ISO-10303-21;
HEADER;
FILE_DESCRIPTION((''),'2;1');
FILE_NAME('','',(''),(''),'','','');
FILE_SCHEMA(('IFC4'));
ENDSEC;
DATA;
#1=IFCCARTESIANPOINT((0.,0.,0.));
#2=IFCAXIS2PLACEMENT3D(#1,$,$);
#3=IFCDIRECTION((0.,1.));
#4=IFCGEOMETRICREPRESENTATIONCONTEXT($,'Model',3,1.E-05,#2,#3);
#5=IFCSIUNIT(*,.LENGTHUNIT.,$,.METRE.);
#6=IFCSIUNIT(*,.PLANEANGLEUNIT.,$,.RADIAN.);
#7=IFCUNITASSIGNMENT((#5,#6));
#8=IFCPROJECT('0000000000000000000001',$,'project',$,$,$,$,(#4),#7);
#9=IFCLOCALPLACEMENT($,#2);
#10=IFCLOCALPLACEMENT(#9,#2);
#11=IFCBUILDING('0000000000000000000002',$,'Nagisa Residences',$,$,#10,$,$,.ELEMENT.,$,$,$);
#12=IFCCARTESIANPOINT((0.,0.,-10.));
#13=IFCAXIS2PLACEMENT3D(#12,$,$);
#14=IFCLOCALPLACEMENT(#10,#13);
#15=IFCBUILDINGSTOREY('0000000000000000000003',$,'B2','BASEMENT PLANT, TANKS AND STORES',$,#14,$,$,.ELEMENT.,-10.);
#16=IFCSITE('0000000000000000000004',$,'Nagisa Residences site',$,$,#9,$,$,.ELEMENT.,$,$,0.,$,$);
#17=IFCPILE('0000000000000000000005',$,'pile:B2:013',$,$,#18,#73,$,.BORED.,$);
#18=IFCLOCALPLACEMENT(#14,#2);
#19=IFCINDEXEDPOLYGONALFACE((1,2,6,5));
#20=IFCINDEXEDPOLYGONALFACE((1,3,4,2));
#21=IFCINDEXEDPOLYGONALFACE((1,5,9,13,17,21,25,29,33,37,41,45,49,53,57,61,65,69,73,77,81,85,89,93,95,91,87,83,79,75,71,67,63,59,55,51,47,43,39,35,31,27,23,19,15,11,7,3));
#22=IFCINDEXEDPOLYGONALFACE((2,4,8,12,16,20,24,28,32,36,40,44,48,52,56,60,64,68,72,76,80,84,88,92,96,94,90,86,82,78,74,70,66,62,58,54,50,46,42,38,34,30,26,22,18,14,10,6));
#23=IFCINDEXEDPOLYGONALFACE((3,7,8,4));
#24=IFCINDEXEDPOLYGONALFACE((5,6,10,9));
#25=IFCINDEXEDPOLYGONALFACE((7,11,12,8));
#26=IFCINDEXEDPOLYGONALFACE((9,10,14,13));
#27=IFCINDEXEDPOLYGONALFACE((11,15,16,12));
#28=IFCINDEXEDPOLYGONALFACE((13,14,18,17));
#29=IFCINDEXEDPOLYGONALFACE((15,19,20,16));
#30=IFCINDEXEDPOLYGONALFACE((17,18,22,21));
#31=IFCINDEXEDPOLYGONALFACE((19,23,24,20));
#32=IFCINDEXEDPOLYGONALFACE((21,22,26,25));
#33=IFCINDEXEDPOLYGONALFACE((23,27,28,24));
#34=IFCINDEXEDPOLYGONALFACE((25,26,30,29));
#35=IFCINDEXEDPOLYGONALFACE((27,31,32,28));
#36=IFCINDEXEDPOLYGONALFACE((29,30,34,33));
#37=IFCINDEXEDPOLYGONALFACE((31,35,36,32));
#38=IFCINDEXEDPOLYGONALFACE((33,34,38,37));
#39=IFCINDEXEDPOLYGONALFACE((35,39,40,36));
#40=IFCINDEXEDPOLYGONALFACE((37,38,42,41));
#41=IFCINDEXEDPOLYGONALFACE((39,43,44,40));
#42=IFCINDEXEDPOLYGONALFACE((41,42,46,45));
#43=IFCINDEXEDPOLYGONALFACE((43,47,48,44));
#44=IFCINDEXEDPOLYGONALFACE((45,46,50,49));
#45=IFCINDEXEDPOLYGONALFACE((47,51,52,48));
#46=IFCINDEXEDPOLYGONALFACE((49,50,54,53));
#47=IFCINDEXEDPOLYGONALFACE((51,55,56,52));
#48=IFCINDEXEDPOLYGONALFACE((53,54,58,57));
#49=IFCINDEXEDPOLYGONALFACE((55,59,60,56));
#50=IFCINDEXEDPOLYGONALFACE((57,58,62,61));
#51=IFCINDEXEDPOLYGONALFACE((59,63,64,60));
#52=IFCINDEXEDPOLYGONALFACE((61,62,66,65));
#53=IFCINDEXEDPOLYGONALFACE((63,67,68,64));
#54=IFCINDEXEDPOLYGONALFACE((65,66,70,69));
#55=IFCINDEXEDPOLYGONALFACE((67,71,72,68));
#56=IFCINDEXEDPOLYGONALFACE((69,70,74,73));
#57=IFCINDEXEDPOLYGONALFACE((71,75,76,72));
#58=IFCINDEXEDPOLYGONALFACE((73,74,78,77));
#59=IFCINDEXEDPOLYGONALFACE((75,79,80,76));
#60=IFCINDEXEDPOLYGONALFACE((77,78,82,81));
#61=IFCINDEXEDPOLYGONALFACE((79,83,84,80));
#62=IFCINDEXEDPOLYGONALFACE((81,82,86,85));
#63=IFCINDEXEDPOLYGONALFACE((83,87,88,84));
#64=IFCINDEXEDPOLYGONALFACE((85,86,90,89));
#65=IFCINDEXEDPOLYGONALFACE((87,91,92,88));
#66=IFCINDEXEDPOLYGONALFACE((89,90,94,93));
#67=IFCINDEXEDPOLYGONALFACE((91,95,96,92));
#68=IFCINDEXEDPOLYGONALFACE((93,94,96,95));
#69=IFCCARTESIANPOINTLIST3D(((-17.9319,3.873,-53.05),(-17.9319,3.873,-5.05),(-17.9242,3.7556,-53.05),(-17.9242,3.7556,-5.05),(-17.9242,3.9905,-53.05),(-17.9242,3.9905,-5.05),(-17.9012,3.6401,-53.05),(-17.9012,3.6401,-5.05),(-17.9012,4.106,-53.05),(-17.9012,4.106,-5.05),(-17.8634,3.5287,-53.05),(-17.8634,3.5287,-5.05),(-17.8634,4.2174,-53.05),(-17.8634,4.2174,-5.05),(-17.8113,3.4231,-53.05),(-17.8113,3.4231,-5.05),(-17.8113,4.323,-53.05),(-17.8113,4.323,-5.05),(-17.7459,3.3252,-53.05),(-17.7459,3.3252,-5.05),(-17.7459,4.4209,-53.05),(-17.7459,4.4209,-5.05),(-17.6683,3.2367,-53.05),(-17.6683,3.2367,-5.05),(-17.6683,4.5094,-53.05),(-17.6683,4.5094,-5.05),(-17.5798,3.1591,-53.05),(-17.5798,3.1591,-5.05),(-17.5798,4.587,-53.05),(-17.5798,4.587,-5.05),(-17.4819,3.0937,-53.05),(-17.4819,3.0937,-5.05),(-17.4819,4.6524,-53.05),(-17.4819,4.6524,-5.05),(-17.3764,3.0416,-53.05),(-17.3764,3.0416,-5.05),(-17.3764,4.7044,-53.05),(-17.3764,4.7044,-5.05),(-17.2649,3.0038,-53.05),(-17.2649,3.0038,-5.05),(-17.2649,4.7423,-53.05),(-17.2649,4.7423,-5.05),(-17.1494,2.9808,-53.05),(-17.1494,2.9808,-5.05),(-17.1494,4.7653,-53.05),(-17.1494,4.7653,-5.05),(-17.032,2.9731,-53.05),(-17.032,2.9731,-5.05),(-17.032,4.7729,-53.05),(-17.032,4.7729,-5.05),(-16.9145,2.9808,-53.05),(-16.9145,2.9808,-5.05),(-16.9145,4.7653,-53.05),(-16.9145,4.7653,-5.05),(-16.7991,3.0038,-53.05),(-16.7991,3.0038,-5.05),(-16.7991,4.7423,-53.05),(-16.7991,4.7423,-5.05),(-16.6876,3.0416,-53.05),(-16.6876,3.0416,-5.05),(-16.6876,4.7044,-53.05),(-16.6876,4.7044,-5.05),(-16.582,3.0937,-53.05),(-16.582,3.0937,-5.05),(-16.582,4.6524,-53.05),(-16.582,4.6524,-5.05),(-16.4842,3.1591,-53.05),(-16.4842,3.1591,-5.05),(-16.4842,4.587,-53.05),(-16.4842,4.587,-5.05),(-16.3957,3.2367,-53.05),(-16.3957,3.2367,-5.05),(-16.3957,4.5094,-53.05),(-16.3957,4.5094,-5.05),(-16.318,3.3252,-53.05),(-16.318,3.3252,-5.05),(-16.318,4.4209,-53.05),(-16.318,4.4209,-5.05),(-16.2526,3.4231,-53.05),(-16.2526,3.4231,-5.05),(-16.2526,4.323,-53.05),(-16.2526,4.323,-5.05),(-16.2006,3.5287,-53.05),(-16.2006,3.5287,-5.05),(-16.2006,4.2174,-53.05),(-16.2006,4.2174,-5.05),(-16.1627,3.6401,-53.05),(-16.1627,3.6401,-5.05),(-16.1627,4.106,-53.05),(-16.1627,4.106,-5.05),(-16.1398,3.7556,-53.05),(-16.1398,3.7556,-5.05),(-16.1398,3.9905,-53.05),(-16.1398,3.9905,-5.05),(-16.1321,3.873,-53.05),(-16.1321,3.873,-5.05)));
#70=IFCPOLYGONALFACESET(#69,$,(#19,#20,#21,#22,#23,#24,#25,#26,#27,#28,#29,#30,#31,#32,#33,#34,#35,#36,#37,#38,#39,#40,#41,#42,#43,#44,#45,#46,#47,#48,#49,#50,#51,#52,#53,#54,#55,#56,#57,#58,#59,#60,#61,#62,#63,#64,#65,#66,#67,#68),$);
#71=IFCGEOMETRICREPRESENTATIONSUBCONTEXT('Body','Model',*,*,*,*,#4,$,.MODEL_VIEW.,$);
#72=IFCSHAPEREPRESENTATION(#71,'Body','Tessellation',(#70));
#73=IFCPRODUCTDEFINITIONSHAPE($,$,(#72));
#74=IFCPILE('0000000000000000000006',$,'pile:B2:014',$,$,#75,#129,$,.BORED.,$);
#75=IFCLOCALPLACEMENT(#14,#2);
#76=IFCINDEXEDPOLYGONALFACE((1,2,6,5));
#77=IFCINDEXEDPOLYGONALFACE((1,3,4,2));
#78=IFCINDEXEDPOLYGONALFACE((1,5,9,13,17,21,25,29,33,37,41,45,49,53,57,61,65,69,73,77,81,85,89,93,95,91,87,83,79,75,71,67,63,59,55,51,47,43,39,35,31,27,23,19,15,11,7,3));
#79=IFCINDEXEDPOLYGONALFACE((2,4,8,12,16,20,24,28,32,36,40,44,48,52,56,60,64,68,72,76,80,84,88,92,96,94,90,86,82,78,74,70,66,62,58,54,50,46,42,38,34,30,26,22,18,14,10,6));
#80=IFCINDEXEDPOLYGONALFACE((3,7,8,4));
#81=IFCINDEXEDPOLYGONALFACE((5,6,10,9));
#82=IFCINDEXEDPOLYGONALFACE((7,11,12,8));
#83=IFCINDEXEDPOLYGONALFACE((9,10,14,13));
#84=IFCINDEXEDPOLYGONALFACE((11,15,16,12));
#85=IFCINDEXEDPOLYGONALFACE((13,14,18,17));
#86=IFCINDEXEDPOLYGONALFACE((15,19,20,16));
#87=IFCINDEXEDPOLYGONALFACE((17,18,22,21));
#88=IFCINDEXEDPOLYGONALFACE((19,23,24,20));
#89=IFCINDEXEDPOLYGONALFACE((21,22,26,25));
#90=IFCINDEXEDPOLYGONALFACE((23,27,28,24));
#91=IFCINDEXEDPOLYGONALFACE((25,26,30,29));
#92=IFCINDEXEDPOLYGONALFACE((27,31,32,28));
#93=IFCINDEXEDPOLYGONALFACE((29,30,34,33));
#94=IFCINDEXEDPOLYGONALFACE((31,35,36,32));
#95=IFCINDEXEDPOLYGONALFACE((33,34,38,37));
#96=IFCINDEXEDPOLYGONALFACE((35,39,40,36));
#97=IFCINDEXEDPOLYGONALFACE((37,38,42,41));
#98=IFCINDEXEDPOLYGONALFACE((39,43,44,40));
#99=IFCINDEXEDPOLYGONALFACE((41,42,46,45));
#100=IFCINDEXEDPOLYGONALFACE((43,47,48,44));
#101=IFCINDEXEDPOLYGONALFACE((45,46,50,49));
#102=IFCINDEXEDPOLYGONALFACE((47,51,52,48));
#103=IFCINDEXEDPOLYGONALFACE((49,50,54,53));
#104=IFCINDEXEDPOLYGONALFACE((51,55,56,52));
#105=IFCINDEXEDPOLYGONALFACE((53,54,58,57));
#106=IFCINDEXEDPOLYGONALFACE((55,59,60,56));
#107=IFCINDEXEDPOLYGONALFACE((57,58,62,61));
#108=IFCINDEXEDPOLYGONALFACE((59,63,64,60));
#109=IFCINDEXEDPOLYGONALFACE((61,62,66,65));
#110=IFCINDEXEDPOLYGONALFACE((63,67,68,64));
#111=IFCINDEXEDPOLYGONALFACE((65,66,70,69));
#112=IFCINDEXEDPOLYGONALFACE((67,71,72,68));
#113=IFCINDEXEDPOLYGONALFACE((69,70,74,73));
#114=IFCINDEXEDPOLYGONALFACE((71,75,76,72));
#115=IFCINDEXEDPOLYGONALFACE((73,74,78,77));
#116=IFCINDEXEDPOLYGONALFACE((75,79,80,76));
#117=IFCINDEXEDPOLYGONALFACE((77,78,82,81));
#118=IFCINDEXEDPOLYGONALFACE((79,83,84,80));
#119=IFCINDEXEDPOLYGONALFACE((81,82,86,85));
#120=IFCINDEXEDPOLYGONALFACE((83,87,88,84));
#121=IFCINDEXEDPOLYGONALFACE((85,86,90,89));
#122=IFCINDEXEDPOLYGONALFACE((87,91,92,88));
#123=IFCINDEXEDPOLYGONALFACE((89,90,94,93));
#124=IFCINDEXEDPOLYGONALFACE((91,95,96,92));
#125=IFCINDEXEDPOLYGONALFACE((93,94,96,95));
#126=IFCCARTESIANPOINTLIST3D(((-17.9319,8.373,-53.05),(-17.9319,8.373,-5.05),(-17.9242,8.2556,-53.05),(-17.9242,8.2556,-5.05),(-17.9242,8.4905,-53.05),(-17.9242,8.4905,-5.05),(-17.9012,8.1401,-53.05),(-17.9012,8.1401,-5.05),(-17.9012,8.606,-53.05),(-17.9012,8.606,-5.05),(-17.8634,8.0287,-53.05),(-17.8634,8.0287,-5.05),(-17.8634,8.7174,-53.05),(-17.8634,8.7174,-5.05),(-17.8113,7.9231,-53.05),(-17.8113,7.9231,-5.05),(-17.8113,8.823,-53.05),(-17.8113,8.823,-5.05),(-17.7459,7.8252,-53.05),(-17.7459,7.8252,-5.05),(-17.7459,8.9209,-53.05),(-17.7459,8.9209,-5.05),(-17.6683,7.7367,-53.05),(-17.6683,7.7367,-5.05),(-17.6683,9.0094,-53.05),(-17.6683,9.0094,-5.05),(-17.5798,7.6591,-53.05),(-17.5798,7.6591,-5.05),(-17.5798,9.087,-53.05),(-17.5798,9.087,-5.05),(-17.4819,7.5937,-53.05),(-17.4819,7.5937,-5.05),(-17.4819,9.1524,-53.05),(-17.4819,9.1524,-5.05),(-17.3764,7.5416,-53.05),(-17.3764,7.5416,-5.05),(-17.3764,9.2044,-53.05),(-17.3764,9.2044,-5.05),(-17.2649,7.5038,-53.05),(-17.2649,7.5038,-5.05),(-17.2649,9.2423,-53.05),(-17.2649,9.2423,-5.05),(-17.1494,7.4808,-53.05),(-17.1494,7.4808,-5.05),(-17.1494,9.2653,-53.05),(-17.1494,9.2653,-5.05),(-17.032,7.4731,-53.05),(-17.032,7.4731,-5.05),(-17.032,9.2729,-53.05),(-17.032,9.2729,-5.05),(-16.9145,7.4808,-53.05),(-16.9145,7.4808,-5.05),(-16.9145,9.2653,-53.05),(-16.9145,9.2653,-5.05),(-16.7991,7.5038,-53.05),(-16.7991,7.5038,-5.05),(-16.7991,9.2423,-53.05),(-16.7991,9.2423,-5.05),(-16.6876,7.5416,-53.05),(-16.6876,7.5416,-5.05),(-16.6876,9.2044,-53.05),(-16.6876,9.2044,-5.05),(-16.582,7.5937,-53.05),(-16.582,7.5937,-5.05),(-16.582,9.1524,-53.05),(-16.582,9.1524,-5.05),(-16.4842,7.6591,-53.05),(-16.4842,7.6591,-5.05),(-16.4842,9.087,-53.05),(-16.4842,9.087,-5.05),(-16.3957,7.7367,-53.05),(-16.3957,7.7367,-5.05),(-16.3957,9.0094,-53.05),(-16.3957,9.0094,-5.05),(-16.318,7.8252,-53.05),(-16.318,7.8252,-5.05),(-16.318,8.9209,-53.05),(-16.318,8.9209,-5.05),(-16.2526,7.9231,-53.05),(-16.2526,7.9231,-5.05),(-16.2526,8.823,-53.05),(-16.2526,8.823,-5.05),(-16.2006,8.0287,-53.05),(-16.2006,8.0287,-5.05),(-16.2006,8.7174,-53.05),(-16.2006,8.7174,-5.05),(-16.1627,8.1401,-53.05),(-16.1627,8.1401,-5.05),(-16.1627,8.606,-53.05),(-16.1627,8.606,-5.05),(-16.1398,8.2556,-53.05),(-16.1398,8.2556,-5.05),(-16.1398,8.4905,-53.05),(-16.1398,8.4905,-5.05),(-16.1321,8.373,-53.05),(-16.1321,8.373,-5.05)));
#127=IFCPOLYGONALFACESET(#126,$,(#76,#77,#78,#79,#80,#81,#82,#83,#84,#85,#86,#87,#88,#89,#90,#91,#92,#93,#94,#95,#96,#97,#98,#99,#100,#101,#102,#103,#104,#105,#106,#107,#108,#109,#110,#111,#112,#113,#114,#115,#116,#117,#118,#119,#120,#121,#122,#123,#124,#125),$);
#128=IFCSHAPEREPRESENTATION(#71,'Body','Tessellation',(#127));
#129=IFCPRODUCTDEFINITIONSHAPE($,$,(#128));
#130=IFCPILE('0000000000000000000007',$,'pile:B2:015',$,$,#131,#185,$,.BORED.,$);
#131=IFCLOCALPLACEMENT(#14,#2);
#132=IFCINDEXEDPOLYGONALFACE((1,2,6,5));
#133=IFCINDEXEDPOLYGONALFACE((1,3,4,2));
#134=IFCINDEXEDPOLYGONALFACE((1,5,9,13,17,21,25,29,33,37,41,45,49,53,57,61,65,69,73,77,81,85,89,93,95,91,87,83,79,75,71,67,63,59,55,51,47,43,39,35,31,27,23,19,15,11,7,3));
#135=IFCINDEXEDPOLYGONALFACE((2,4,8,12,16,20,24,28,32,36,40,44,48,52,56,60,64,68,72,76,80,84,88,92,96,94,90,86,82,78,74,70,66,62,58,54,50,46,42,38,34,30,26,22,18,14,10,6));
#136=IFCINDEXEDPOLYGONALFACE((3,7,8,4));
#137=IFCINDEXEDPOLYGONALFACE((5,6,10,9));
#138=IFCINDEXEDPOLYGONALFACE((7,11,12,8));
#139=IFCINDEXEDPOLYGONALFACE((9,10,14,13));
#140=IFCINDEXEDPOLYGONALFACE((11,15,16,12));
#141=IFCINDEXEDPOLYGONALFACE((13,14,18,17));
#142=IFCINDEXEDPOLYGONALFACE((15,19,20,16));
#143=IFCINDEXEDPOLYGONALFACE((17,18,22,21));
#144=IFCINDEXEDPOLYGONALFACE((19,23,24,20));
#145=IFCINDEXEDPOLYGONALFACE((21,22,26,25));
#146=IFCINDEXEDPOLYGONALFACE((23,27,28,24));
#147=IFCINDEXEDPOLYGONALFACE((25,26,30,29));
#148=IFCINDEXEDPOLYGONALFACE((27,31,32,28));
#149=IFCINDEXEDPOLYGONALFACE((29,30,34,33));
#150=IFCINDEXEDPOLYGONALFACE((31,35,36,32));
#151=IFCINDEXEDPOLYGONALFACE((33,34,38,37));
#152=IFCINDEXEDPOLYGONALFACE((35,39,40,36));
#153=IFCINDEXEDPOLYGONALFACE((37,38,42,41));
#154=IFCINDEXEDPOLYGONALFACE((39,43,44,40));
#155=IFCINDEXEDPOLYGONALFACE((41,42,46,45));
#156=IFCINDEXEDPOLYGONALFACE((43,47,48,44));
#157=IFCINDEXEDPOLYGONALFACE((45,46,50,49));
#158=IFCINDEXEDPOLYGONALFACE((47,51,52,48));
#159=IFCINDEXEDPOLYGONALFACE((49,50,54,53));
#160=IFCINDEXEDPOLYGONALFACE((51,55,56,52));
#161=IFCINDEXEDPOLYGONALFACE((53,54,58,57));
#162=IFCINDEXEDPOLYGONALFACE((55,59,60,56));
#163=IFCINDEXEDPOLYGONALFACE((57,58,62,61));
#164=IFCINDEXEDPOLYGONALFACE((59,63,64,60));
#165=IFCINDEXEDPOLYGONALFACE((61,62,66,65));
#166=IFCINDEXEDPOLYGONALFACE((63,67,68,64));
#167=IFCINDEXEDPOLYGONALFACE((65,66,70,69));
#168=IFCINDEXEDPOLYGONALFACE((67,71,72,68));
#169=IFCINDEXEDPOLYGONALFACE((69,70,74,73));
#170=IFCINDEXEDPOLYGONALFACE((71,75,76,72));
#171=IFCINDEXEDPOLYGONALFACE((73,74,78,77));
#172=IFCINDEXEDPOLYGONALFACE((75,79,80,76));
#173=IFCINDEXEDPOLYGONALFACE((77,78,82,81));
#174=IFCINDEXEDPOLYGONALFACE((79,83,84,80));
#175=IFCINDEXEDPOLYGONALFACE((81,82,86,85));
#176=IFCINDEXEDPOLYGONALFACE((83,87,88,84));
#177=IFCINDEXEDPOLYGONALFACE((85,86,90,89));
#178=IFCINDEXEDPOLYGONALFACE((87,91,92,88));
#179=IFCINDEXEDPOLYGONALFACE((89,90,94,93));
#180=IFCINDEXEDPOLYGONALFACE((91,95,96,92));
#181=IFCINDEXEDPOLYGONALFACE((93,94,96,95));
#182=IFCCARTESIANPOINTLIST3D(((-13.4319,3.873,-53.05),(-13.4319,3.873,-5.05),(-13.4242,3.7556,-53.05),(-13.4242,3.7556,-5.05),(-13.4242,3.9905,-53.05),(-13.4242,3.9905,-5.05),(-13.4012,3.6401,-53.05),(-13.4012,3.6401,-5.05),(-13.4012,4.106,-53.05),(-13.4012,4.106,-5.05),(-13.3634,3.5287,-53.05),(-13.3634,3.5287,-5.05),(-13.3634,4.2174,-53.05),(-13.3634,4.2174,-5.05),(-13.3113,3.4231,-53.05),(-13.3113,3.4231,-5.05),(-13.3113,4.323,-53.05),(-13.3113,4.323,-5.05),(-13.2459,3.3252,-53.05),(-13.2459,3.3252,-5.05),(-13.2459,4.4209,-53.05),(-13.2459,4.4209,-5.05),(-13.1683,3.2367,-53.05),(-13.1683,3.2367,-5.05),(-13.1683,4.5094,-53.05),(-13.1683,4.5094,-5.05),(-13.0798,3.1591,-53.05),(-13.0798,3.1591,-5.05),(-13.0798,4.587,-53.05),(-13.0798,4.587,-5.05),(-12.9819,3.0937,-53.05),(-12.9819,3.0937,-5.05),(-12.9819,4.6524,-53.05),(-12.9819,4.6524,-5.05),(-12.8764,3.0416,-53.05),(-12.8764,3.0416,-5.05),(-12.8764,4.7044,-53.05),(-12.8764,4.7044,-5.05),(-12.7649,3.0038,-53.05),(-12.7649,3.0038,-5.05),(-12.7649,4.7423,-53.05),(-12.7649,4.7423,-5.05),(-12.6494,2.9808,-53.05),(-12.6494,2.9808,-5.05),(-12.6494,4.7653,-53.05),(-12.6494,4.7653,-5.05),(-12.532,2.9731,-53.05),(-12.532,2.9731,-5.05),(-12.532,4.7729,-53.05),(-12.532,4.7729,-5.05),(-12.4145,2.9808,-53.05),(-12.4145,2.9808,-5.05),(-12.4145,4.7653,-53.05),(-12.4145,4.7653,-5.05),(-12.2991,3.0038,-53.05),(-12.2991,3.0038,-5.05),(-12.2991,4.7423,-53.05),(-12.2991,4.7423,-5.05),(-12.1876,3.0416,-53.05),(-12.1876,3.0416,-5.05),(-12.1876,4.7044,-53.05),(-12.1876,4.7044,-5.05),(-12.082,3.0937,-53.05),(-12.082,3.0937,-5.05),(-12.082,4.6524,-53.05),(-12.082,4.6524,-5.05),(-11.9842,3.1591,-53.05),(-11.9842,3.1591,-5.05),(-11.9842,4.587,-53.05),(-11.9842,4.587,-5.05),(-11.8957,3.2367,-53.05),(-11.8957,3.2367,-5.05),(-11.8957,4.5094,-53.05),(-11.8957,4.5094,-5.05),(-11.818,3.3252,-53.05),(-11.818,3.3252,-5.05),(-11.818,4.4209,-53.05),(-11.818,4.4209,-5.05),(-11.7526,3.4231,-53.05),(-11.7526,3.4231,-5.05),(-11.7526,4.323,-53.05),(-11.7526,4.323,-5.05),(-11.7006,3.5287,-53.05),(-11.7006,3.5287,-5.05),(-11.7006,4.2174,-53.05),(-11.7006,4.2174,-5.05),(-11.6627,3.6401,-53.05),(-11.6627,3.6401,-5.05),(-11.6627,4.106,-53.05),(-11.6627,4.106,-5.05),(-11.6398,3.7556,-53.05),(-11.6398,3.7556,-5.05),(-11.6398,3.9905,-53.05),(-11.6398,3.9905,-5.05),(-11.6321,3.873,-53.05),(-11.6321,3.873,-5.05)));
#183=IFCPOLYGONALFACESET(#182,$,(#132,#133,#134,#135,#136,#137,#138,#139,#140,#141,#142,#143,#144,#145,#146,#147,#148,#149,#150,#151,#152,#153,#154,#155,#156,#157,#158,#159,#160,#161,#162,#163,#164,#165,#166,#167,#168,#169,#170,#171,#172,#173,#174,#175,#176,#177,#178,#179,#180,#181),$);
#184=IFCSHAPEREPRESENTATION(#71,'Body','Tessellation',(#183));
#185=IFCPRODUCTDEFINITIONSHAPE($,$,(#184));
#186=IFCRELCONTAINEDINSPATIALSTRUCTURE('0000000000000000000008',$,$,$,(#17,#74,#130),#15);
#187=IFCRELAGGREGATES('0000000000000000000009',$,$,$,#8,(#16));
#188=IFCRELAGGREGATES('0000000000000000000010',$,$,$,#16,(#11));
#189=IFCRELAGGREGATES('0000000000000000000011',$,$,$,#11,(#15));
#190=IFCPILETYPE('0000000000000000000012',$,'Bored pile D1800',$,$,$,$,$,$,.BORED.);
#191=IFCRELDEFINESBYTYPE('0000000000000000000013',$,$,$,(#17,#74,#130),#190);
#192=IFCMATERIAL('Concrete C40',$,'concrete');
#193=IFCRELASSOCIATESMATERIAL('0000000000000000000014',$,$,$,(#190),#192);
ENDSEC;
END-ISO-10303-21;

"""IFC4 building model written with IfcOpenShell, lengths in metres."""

from ifc_helpers import new_model, si_unit, direction, frame, origin, origin_2d, place, context, subcontext, project, spatial, circle, extrude, material, material_profile, profile_set, type_object, element, save


model = new_model("IFC4")

# Units and contexts
model_context = context("Model", 3, precision=1e-05, world=origin(), true_north=direction((0.0, 1.0)))
body_context = subcontext(model_context, "Body", "Model", "MODEL_VIEW")
ifc_project = project(units=[si_unit("LENGTHUNIT", "METRE"), si_unit("PLANEANGLEUNIT", "RADIAN")], contexts=[model_context])

# Site, building, storey
site_placement = place(None, origin())
site = spatial("IfcSite", under=ifc_project, at=site_placement, Name="Nagisa Residences site", CompositionType="ELEMENT", RefElevation=0.0)
building_placement = place(site_placement, origin())
building = spatial("IfcBuilding", under=site, at=building_placement, Name="Nagisa Residences", CompositionType="ELEMENT")
storey_placement = place(building_placement, frame((0.0, 0.0, -10.0)))
storey = spatial("IfcBuildingStorey", under=building, at=storey_placement, Name="B2", Description="BASEMENT PLANT, TANKS AND STORES", CompositionType="ELEMENT", Elevation=-10.0)

# Piles
ifc_material_1 = material(Name="Concrete C40", Category="concrete")
ifc_material_profile_1 = material_profile(ifc_material_1, circle(Radius=0.8999, at=origin_2d()), Name="Bored pile D1800")
ifc_profile_set_1 = profile_set([ifc_material_profile_1], Name="Concrete C40")
pile_type = type_object("IfcPileType", Name="Bored pile D1800", PredefinedType="BORED", material=ifc_profile_set_1)
for number, where, z_axis, x_axis, name in (
    (1, (-17.032, 3.873, -5.05), (0.0, 0.0, -1.0), (1.0, 0.0, 0.0), "pile:B2:013"),
    (2, (-17.032, 8.373, -5.05), (0.0, 0.0, -1.0), (1.0, 0.0, 0.0), "pile:B2:014"),
    (3, (-12.532, 3.873, -5.05), (0.0, 0.0, -1.0), (1.0, 0.0, 0.0), "pile:B2:015"),
):
    element("IfcPile", number, at=place(storey_placement, frame(where, z_axis=z_axis, x_axis=x_axis)), inside=storey, type_object=pile_type, Name=name, PredefinedType="BORED", context=body_context, shape_type="SweptSolid", body=[
        extrude(circle(Radius=0.8999, at=origin_2d()), origin(), (0.0, 0.0, 1.0), 48.0),
    ])

save(model, "model.ifc")
